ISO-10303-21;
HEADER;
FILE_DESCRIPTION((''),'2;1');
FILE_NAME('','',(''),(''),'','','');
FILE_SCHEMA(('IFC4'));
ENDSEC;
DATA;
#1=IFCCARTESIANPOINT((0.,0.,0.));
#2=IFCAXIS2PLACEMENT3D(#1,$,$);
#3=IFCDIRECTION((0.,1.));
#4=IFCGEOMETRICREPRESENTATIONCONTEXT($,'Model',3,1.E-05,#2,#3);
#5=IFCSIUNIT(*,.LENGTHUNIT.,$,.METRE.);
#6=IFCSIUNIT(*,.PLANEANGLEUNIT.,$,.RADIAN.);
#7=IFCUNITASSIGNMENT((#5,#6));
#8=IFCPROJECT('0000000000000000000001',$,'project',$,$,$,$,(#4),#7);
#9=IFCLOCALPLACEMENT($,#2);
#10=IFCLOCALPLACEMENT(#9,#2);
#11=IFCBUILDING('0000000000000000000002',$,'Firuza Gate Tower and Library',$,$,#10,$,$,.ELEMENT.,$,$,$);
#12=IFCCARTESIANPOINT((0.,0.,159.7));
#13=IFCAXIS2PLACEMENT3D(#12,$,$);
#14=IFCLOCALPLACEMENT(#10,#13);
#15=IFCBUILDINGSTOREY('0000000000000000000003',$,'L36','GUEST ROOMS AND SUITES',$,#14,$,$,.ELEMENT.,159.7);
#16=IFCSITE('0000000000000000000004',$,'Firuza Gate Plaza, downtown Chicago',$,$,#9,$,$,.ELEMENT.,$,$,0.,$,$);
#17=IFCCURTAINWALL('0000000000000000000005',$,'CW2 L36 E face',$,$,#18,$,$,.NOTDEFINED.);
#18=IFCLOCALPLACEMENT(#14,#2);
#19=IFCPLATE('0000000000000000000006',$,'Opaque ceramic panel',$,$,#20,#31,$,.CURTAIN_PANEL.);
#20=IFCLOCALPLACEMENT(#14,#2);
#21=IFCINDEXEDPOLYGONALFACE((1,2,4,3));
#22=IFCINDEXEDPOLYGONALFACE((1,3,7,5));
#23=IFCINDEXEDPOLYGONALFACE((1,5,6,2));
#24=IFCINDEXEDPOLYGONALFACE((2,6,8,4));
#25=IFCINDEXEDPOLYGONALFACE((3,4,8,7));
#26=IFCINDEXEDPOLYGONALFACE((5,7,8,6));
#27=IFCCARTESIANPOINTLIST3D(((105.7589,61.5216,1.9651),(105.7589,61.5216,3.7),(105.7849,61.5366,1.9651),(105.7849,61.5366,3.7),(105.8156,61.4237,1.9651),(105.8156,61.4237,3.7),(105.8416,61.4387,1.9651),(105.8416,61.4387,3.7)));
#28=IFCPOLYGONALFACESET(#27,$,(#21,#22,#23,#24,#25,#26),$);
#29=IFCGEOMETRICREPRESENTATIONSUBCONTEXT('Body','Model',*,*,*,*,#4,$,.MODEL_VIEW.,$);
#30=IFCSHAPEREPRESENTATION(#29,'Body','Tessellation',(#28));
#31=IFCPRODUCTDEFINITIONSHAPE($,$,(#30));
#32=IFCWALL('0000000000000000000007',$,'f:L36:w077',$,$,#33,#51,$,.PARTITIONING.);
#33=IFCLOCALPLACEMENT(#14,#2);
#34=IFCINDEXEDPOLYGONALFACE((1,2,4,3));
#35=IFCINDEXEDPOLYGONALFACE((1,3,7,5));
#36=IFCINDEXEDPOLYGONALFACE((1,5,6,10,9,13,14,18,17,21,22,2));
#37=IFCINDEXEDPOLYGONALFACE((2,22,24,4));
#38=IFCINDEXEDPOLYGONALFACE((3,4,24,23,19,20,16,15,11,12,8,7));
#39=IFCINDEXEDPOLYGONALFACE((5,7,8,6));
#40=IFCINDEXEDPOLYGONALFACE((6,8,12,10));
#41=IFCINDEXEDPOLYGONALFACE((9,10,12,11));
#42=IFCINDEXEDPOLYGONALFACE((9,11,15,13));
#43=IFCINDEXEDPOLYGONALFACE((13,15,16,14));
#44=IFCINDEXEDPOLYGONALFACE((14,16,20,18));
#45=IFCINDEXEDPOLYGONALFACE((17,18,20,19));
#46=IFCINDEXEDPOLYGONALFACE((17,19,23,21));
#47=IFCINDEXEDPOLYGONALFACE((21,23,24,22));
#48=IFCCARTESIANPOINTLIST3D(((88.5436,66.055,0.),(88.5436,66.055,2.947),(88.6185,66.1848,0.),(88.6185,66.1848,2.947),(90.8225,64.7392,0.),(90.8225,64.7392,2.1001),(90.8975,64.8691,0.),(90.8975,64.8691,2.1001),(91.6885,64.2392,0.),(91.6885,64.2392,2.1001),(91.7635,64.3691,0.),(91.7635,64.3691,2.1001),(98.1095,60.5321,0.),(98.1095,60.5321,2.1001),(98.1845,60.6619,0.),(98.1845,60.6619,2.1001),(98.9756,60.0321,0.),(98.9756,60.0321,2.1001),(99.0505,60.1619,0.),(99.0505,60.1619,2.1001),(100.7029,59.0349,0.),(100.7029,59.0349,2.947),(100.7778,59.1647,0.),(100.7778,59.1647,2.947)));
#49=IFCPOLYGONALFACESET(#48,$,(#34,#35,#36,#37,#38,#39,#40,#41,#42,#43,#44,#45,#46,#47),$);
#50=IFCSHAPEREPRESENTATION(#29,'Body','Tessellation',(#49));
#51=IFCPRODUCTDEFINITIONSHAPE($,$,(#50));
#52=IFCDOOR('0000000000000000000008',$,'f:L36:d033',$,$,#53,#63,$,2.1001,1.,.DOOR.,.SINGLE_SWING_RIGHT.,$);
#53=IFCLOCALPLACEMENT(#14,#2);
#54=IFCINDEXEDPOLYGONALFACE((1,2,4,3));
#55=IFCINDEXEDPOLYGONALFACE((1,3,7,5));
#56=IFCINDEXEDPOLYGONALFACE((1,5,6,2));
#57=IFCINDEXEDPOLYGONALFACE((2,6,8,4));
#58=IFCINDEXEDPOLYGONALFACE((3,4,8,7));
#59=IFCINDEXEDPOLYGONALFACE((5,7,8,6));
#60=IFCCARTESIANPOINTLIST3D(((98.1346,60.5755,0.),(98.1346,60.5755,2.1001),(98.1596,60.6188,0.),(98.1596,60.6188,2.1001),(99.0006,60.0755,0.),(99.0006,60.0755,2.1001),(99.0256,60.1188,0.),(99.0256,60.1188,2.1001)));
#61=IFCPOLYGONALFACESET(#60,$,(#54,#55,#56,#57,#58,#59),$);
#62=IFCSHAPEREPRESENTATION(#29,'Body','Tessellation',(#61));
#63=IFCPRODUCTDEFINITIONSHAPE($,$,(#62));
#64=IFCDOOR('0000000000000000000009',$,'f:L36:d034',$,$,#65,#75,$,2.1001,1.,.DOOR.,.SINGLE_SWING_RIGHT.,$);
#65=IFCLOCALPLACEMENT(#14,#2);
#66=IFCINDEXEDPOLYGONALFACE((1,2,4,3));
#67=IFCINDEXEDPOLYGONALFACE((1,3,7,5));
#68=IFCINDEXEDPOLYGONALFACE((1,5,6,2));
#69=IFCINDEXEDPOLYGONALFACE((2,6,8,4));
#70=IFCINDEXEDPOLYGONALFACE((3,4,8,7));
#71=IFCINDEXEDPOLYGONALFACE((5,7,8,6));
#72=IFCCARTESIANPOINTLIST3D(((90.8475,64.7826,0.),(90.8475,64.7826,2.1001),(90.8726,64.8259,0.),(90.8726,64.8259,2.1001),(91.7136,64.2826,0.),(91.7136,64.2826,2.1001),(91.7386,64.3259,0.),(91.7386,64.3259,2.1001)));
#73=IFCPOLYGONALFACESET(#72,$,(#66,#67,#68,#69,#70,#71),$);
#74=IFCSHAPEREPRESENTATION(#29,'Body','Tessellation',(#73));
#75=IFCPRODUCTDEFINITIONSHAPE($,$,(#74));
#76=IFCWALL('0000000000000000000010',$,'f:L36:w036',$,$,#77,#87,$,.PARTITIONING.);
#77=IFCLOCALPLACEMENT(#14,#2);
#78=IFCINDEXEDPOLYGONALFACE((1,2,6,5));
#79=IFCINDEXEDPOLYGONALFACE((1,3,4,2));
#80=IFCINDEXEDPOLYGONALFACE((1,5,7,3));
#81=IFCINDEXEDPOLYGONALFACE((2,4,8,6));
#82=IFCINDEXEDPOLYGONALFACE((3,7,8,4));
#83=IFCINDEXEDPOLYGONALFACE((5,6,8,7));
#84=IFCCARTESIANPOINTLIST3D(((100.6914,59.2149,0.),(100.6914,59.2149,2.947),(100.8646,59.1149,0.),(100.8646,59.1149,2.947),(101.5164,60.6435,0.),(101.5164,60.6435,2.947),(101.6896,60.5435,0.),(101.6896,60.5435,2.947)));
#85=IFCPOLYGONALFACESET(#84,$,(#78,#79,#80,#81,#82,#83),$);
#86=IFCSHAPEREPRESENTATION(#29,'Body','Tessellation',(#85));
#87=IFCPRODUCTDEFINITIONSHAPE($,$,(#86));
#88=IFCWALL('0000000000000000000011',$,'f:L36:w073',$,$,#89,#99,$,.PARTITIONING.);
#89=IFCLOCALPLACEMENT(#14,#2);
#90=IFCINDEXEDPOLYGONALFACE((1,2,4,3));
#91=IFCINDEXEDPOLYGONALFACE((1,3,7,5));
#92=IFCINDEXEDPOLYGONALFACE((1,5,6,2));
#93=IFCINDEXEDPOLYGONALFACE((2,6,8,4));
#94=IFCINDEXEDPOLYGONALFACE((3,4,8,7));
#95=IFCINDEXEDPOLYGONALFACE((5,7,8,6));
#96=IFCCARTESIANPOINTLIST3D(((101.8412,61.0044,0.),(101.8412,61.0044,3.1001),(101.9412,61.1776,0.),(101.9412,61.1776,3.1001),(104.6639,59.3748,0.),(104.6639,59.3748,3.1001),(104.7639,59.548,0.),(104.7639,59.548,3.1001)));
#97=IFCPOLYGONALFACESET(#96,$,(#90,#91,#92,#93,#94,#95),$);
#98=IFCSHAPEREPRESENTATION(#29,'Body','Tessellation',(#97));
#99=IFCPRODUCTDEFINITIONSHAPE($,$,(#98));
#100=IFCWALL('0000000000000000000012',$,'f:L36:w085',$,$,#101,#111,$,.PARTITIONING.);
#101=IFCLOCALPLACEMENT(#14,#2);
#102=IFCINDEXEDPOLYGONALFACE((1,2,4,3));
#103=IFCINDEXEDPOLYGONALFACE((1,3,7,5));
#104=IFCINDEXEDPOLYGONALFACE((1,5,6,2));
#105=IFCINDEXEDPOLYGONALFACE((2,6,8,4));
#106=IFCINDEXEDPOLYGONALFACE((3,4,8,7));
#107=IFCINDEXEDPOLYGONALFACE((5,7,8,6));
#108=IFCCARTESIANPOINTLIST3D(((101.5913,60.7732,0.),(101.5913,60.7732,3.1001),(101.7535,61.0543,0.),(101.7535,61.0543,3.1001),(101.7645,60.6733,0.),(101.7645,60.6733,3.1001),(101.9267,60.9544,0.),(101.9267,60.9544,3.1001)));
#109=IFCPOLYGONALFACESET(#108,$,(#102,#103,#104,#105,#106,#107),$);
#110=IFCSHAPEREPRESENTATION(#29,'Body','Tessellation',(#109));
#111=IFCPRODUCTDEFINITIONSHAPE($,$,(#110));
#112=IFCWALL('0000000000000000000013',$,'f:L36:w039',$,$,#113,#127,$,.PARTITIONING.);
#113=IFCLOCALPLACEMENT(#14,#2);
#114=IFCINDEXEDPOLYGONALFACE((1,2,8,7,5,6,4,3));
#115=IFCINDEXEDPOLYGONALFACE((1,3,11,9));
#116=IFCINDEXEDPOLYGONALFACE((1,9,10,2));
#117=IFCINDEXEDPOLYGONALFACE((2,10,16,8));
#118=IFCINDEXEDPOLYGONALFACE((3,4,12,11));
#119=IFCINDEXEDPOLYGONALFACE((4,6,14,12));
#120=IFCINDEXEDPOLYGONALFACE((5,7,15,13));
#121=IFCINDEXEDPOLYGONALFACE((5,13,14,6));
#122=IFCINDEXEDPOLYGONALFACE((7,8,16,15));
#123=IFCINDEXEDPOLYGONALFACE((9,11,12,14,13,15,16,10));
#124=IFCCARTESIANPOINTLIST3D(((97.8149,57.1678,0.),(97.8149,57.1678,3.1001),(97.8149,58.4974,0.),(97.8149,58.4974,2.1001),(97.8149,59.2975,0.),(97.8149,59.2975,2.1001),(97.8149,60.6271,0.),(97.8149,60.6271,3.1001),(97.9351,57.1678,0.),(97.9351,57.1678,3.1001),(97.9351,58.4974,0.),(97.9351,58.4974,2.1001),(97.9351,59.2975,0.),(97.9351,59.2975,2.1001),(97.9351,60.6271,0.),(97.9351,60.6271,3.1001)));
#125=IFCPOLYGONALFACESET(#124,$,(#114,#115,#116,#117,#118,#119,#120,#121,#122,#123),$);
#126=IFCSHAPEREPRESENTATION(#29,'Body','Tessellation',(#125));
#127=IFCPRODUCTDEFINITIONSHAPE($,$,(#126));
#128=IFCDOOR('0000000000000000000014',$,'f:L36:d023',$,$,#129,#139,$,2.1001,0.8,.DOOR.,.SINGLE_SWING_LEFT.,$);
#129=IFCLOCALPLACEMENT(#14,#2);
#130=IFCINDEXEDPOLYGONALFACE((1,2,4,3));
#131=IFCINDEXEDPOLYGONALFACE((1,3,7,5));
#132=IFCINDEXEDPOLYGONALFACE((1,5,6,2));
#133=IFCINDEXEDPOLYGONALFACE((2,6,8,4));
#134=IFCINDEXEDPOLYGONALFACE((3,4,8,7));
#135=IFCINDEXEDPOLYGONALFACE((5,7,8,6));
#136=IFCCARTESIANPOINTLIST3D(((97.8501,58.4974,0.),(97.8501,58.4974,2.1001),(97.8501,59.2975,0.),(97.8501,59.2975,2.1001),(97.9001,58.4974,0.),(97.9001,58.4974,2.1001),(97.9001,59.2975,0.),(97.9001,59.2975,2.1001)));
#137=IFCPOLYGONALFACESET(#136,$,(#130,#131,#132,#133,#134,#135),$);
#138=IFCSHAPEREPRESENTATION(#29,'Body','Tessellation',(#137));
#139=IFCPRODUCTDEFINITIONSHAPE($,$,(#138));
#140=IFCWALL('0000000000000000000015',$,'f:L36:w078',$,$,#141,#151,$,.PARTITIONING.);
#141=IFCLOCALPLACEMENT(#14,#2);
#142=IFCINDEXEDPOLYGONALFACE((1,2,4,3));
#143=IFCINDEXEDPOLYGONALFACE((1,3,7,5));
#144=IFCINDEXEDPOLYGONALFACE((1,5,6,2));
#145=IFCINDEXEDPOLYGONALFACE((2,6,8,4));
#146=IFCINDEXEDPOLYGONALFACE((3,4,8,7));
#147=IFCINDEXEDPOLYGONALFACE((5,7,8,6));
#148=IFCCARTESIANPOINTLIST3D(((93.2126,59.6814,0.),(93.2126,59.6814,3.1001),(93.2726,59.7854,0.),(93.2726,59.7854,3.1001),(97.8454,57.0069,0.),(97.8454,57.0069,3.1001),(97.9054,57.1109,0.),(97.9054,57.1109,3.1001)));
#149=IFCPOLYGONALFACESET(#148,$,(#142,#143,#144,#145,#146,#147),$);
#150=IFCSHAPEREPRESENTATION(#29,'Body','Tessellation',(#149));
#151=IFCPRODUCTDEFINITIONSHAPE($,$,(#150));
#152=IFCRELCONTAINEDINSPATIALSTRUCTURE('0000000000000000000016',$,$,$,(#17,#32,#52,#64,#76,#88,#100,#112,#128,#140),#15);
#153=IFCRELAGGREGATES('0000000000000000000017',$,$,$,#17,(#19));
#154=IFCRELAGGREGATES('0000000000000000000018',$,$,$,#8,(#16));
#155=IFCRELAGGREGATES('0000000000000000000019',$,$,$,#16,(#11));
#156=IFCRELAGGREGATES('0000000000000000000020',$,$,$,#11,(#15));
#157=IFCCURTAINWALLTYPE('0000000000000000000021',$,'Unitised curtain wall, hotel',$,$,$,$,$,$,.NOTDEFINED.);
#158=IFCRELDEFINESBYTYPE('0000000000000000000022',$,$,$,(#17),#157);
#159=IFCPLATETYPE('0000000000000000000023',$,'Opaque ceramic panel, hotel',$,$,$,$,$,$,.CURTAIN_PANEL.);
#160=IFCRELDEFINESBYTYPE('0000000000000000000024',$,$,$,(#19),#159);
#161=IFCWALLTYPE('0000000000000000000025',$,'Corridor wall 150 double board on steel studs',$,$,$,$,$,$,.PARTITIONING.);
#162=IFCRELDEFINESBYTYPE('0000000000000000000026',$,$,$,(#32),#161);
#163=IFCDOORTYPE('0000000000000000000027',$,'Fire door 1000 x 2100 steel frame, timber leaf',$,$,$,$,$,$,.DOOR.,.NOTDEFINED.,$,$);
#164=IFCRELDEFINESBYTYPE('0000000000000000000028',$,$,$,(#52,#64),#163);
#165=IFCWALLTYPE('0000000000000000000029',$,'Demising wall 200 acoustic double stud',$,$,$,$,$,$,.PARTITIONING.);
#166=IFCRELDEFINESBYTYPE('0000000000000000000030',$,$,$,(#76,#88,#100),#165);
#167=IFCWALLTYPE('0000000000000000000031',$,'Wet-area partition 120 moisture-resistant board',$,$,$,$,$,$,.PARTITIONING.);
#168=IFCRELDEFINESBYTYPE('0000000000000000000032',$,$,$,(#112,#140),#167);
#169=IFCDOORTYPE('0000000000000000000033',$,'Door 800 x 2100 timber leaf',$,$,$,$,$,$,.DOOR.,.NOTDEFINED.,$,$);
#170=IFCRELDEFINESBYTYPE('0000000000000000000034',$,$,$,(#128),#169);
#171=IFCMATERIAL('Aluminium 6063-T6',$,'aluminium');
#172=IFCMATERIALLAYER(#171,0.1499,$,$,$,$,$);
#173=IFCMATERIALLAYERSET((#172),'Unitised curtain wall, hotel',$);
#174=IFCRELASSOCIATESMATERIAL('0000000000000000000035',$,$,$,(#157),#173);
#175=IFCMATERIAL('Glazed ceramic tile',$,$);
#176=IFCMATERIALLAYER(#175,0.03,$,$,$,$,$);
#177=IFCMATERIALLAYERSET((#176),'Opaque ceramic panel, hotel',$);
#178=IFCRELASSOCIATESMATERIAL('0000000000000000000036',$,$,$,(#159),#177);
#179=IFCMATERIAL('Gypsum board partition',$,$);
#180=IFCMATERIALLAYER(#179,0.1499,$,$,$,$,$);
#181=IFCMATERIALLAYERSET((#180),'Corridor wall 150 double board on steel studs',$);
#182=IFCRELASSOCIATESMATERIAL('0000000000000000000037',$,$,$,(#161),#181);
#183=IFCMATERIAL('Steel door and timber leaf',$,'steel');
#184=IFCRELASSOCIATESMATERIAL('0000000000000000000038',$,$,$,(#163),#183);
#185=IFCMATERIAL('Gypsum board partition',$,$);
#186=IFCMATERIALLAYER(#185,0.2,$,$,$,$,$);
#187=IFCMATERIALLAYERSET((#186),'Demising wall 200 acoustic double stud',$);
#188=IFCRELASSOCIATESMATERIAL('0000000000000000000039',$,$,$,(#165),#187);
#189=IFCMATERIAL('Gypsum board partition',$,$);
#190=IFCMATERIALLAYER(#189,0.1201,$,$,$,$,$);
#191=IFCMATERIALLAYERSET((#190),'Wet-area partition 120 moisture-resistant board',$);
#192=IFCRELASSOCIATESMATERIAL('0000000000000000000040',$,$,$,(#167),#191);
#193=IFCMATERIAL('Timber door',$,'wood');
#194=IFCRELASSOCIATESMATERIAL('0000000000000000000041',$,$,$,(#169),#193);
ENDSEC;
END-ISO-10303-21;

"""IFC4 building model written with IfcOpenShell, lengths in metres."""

from ifc_helpers import new_model, si_unit, direction, frame, frame_2d, origin, place, context, subcontext, project, spatial, polyline, rectangle, outline, extrude, material, layer, layer_set, type_object, element, fill, aggregate, save


model = new_model("IFC4")

# Units and contexts
model_context = context("Model", 3, precision=1e-05, world=origin(), true_north=direction((0.0, 1.0)))
body_context = subcontext(model_context, "Body", "Model", "MODEL_VIEW")
ifc_project = project(units=[si_unit("LENGTHUNIT", "METRE"), si_unit("PLANEANGLEUNIT", "RADIAN")], contexts=[model_context])

# Site, building, storey
site_placement = place(None, origin())
site = spatial("IfcSite", under=ifc_project, at=site_placement, Name="Firuza Gate Plaza, downtown Chicago", CompositionType="ELEMENT", RefElevation=0.0)
building_placement = place(site_placement, origin())
building = spatial("IfcBuilding", under=site, at=building_placement, Name="Firuza Gate Tower and Library", CompositionType="ELEMENT")
storey_placement = place(building_placement, frame((0.0, 0.0, 159.7)))
storey = spatial("IfcBuildingStorey", under=building, at=storey_placement, Name="L36", Description="GUEST ROOMS AND SUITES", CompositionType="ELEMENT", Elevation=159.7)

# Curtain wall
ifc_material_1 = material(Name="Aluminium 6063-T6", Category="aluminium")
ifc_layer_1 = layer(ifc_material_1, 0.1499)
ifc_layer_set_1 = layer_set([ifc_layer_1], Name="Unitised curtain wall, hotel")
curtain_wall_type_1 = type_object("IfcCurtainWallType", Name="Unitised curtain wall, hotel", PredefinedType="NOTDEFINED", material=ifc_layer_set_1)
placement = place(storey_placement, origin())
curtain_wall_1 = element("IfcCurtainWall", 1, at=placement, inside=storey, type_object=curtain_wall_type_1, Name="CW2 L36 E face", PredefinedType="NOTDEFINED")

# Plate
ifc_material_2 = material(Name="Glazed ceramic tile")
ifc_layer_2 = layer(ifc_material_2, 0.03)
ifc_layer_set_2 = layer_set([ifc_layer_2], Name="Opaque ceramic panel, hotel")
plate_type_1 = type_object("IfcPlateType", Name="Opaque ceramic panel, hotel", PredefinedType="CURTAIN_PANEL", material=ifc_layer_set_2)
plate_1_placement = place(storey_placement, frame((105.8416, 61.4387, 1.9651), z_axis=(0.865574, 0.500781, 0.0), x_axis=(-0.500781, 0.865574, 0.0)))
plate_1 = element("IfcPlate", 2, at=plate_1_placement, type_object=plate_type_1, Name="Opaque ceramic panel", PredefinedType="CURTAIN_PANEL", context=body_context, shape_type="SweptSolid", body=[
    extrude(outline(polyline([(0.0, 0.0), (0.1131, 0.0), (0.1131, 1.7349), (0.0, 1.7349), (0.0, 0.0)])), origin(), (0.0, 0.0, -1.0), 0.03),
])
aggregate(curtain_wall_1, [plate_1])

# Wall, openings, doors
ifc_material_3 = material(Name="Gypsum board partition")
ifc_layer_3 = layer(ifc_material_3, 0.1499)
ifc_layer_set_3 = layer_set([ifc_layer_3], Name="Corridor wall 150 double board on steel studs")
wall_type_1 = type_object("IfcWallType", Name="Corridor wall 150 double board on steel studs", PredefinedType="PARTITIONING", material=ifc_layer_set_3)
wall_1_placement = place(storey_placement, frame((100.7402, 59.0999, 0.0), z_axis=(0.0, 0.0, 1.0), x_axis=(-0.866028, 0.499995, 0.0)))
wall_1 = element("IfcWall", 3, at=wall_1_placement, inside=storey, type_object=wall_type_1, Name="f:L36:w077", PredefinedType="PARTITIONING", context=body_context, shape_type="SweptSolid", body=[
    extrude(rectangle(XDim=14.0403, YDim=0.1499, at=frame_2d((7.02, 0.0))), origin(), (0.0, 0.0, 1.0), 2.947),
])
opening_1_placement = place(wall_1_placement, frame((1.9944, 0.0, 0.0)))
opening_1 = element("IfcOpeningElement", 4, at=opening_1_placement, cuts=wall_1, PredefinedType="OPENING", context=body_context, shape_type="SweptSolid", body=[
    extrude(rectangle(XDim=1.0, YDim=2.1001, at=frame_2d((0.5, 1.05))), frame((0.0, 0.085, 0.0), z_axis=(0.0, -1.0, 0.0), x_axis=(1.0, 0.0, 0.0)), (0.0, 0.0, 1.0), 0.1699),
])
opening_2_placement = place(wall_1_placement, frame((10.4087, 0.0, 0.0)))
opening_2 = element("IfcOpeningElement", 5, at=opening_2_placement, cuts=wall_1, PredefinedType="OPENING", context=body_context, shape_type="SweptSolid", body=[
    extrude(rectangle(XDim=1.0, YDim=2.1001, at=frame_2d((0.5, 1.05))), frame((0.0, 0.085, 0.0), z_axis=(0.0, -1.0, 0.0), x_axis=(1.0, 0.0, 0.0)), (0.0, 0.0, 1.0), 0.1699),
])
ifc_material_4 = material(Name="Steel door and timber leaf", Category="steel")
door_type_1 = type_object("IfcDoorType", Name="Fire door 1000 x 2100 steel frame, timber leaf", OperationType="NOTDEFINED", PredefinedType="DOOR", material=ifc_material_4)
door_1_placement = place(opening_1_placement, origin())
door_1 = element("IfcDoor", 6, at=door_1_placement, inside=storey, type_object=door_type_1, Name="f:L36:d033", OperationType="SINGLE_SWING_RIGHT", OverallHeight=2.1001, OverallWidth=1.0, PredefinedType="DOOR", context=body_context, shape_type="SweptSolid", body=[
    extrude(rectangle(XDim=1.0, YDim=2.1001, at=frame_2d((0.5, 1.05))), frame((0.0, 0.0249, 0.0), z_axis=(0.0, -1.0, 0.0), x_axis=(1.0, 0.0, 0.0)), (0.0, 0.0, 1.0), 0.05),
])
fill(opening_1, door_1)
door_2_placement = place(opening_2_placement, origin())
door_2 = element("IfcDoor", 7, at=door_2_placement, inside=storey, type_object=door_type_1, Name="f:L36:d034", OperationType="SINGLE_SWING_RIGHT", OverallHeight=2.1001, OverallWidth=1.0, PredefinedType="DOOR", context=body_context, shape_type="SweptSolid", body=[
    extrude(rectangle(XDim=1.0, YDim=2.1001, at=frame_2d((0.5, 1.05))), frame((0.0, 0.0249, 0.0), z_axis=(0.0, -1.0, 0.0), x_axis=(1.0, 0.0, 0.0)), (0.0, 0.0, 1.0), 0.05),
])
fill(opening_2, door_2)

# Walls
ifc_material_5 = material(Name="Gypsum board partition")
ifc_layer_4 = layer(ifc_material_5, 0.2)
ifc_layer_set_4 = layer_set([ifc_layer_4], Name="Demising wall 200 acoustic double stud")
wall_type_2 = type_object("IfcWallType", Name="Demising wall 200 acoustic double stud", PredefinedType="PARTITIONING", material=ifc_layer_set_4)
wall_2_placement = place(storey_placement, frame((100.7781, 59.165, 0.0), z_axis=(0.0, 0.0, 1.0), x_axis=(0.500103, 0.865966, 0.0)))
element("IfcWall", 8, at=wall_2_placement, inside=storey, type_object=wall_type_2, Name="f:L36:w036", PredefinedType="PARTITIONING", context=body_context, shape_type="SweptSolid", body=[
    extrude(rectangle(XDim=1.6497, YDim=0.2, at=frame_2d((0.8247, 0.0))), origin(), (0.0, 0.0, 1.0), 2.947),
])
wall_3_placement = place(storey_placement, frame((104.7139, 59.4614, 0.0), z_axis=(0.0, 0.0, 1.0), x_axis=(-0.866036, 0.499982, 0.0)))
element("IfcWall", 9, at=wall_3_placement, inside=storey, type_object=wall_type_2, Name="f:L36:w073", PredefinedType="PARTITIONING", context=body_context, shape_type="SweptSolid", body=[
    extrude(rectangle(XDim=3.2593, YDim=0.2, at=frame_2d((1.6296, 0.0))), origin(), (0.0, 0.0, 1.0), 3.1001),
])
wall_4_placement = place(storey_placement, frame((101.678, 60.7234, 0.0), z_axis=(0.0, 0.0, 1.0), x_axis=(0.499701, 0.866198, 0.0)))
element("IfcWall", 10, at=wall_4_placement, inside=storey, type_object=wall_type_2, Name="f:L36:w085", PredefinedType="PARTITIONING", context=body_context, shape_type="SweptSolid", body=[
    extrude(rectangle(XDim=0.3245, YDim=0.2, at=frame_2d((0.1621, 0.0))), origin(), (0.0, 0.0, 1.0), 3.1001),
])

# Wall, opening, door
ifc_material_6 = material(Name="Gypsum board partition")
ifc_layer_5 = layer(ifc_material_6, 0.1201)
ifc_layer_set_5 = layer_set([ifc_layer_5], Name="Wet-area partition 120 moisture-resistant board")
wall_type_3 = type_object("IfcWallType", Name="Wet-area partition 120 moisture-resistant board", PredefinedType="PARTITIONING", material=ifc_layer_set_5)
wall_5_placement = place(storey_placement, frame((97.875, 57.168, 0.0), z_axis=(0.0, 0.0, 1.0), x_axis=(0.0, 1.0, 0.0)))
wall_5 = element("IfcWall", 11, at=wall_5_placement, inside=storey, type_object=wall_type_3, Name="f:L36:w039", PredefinedType="PARTITIONING", context=body_context, shape_type="SweptSolid", body=[
    extrude(rectangle(XDim=3.4592, YDim=0.1201, at=frame_2d((1.7295, 0.0))), origin(), (0.0, 0.0, 1.0), 3.1001),
])
opening_3_placement = place(wall_5_placement, frame((1.3296, 0.0, 0.0)))
opening_3 = element("IfcOpeningElement", 12, at=opening_3_placement, cuts=wall_5, PredefinedType="OPENING", context=body_context, shape_type="SweptSolid", body=[
    extrude(rectangle(XDim=0.8, YDim=2.1001, at=frame_2d((0.3999, 1.05))), frame((0.0, 0.0701, 0.0), z_axis=(0.0, -1.0, 0.0), x_axis=(1.0, 0.0, 0.0)), (0.0, 0.0, 1.0), 0.1401),
])
ifc_material_7 = material(Name="Timber door", Category="wood")
door_type_2 = type_object("IfcDoorType", Name="Door 800 x 2100 timber leaf", OperationType="NOTDEFINED", PredefinedType="DOOR", material=ifc_material_7)
door_3_placement = place(opening_3_placement, origin())
door_3 = element("IfcDoor", 13, at=door_3_placement, inside=storey, type_object=door_type_2, Name="f:L36:d023", OperationType="SINGLE_SWING_LEFT", OverallHeight=2.1001, OverallWidth=0.8, PredefinedType="DOOR", context=body_context, shape_type="SweptSolid", body=[
    extrude(rectangle(XDim=0.8, YDim=2.1001, at=frame_2d((0.3999, 1.05))), frame((0.0, 0.0249, 0.0), z_axis=(0.0, -1.0, 0.0), x_axis=(1.0, 0.0, 0.0)), (0.0, 0.0, 1.0), 0.05),
])
fill(opening_3, door_3)

# Wall
wall_6_placement = place(storey_placement, frame((97.8755, 57.0588, 0.0), z_axis=(0.0, 0.0, 1.0), x_axis=(-0.866041, 0.499973, 0.0)))
element("IfcWall", 14, at=wall_6_placement, inside=storey, type_object=wall_type_3, Name="f:L36:w078", PredefinedType="PARTITIONING", context=body_context, shape_type="SweptSolid", body=[
    extrude(rectangle(XDim=5.3494, YDim=0.1201, at=frame_2d((2.6748, 0.0))), origin(), (0.0, 0.0, 1.0), 3.1001),
])

save(model, "model.ifc")
